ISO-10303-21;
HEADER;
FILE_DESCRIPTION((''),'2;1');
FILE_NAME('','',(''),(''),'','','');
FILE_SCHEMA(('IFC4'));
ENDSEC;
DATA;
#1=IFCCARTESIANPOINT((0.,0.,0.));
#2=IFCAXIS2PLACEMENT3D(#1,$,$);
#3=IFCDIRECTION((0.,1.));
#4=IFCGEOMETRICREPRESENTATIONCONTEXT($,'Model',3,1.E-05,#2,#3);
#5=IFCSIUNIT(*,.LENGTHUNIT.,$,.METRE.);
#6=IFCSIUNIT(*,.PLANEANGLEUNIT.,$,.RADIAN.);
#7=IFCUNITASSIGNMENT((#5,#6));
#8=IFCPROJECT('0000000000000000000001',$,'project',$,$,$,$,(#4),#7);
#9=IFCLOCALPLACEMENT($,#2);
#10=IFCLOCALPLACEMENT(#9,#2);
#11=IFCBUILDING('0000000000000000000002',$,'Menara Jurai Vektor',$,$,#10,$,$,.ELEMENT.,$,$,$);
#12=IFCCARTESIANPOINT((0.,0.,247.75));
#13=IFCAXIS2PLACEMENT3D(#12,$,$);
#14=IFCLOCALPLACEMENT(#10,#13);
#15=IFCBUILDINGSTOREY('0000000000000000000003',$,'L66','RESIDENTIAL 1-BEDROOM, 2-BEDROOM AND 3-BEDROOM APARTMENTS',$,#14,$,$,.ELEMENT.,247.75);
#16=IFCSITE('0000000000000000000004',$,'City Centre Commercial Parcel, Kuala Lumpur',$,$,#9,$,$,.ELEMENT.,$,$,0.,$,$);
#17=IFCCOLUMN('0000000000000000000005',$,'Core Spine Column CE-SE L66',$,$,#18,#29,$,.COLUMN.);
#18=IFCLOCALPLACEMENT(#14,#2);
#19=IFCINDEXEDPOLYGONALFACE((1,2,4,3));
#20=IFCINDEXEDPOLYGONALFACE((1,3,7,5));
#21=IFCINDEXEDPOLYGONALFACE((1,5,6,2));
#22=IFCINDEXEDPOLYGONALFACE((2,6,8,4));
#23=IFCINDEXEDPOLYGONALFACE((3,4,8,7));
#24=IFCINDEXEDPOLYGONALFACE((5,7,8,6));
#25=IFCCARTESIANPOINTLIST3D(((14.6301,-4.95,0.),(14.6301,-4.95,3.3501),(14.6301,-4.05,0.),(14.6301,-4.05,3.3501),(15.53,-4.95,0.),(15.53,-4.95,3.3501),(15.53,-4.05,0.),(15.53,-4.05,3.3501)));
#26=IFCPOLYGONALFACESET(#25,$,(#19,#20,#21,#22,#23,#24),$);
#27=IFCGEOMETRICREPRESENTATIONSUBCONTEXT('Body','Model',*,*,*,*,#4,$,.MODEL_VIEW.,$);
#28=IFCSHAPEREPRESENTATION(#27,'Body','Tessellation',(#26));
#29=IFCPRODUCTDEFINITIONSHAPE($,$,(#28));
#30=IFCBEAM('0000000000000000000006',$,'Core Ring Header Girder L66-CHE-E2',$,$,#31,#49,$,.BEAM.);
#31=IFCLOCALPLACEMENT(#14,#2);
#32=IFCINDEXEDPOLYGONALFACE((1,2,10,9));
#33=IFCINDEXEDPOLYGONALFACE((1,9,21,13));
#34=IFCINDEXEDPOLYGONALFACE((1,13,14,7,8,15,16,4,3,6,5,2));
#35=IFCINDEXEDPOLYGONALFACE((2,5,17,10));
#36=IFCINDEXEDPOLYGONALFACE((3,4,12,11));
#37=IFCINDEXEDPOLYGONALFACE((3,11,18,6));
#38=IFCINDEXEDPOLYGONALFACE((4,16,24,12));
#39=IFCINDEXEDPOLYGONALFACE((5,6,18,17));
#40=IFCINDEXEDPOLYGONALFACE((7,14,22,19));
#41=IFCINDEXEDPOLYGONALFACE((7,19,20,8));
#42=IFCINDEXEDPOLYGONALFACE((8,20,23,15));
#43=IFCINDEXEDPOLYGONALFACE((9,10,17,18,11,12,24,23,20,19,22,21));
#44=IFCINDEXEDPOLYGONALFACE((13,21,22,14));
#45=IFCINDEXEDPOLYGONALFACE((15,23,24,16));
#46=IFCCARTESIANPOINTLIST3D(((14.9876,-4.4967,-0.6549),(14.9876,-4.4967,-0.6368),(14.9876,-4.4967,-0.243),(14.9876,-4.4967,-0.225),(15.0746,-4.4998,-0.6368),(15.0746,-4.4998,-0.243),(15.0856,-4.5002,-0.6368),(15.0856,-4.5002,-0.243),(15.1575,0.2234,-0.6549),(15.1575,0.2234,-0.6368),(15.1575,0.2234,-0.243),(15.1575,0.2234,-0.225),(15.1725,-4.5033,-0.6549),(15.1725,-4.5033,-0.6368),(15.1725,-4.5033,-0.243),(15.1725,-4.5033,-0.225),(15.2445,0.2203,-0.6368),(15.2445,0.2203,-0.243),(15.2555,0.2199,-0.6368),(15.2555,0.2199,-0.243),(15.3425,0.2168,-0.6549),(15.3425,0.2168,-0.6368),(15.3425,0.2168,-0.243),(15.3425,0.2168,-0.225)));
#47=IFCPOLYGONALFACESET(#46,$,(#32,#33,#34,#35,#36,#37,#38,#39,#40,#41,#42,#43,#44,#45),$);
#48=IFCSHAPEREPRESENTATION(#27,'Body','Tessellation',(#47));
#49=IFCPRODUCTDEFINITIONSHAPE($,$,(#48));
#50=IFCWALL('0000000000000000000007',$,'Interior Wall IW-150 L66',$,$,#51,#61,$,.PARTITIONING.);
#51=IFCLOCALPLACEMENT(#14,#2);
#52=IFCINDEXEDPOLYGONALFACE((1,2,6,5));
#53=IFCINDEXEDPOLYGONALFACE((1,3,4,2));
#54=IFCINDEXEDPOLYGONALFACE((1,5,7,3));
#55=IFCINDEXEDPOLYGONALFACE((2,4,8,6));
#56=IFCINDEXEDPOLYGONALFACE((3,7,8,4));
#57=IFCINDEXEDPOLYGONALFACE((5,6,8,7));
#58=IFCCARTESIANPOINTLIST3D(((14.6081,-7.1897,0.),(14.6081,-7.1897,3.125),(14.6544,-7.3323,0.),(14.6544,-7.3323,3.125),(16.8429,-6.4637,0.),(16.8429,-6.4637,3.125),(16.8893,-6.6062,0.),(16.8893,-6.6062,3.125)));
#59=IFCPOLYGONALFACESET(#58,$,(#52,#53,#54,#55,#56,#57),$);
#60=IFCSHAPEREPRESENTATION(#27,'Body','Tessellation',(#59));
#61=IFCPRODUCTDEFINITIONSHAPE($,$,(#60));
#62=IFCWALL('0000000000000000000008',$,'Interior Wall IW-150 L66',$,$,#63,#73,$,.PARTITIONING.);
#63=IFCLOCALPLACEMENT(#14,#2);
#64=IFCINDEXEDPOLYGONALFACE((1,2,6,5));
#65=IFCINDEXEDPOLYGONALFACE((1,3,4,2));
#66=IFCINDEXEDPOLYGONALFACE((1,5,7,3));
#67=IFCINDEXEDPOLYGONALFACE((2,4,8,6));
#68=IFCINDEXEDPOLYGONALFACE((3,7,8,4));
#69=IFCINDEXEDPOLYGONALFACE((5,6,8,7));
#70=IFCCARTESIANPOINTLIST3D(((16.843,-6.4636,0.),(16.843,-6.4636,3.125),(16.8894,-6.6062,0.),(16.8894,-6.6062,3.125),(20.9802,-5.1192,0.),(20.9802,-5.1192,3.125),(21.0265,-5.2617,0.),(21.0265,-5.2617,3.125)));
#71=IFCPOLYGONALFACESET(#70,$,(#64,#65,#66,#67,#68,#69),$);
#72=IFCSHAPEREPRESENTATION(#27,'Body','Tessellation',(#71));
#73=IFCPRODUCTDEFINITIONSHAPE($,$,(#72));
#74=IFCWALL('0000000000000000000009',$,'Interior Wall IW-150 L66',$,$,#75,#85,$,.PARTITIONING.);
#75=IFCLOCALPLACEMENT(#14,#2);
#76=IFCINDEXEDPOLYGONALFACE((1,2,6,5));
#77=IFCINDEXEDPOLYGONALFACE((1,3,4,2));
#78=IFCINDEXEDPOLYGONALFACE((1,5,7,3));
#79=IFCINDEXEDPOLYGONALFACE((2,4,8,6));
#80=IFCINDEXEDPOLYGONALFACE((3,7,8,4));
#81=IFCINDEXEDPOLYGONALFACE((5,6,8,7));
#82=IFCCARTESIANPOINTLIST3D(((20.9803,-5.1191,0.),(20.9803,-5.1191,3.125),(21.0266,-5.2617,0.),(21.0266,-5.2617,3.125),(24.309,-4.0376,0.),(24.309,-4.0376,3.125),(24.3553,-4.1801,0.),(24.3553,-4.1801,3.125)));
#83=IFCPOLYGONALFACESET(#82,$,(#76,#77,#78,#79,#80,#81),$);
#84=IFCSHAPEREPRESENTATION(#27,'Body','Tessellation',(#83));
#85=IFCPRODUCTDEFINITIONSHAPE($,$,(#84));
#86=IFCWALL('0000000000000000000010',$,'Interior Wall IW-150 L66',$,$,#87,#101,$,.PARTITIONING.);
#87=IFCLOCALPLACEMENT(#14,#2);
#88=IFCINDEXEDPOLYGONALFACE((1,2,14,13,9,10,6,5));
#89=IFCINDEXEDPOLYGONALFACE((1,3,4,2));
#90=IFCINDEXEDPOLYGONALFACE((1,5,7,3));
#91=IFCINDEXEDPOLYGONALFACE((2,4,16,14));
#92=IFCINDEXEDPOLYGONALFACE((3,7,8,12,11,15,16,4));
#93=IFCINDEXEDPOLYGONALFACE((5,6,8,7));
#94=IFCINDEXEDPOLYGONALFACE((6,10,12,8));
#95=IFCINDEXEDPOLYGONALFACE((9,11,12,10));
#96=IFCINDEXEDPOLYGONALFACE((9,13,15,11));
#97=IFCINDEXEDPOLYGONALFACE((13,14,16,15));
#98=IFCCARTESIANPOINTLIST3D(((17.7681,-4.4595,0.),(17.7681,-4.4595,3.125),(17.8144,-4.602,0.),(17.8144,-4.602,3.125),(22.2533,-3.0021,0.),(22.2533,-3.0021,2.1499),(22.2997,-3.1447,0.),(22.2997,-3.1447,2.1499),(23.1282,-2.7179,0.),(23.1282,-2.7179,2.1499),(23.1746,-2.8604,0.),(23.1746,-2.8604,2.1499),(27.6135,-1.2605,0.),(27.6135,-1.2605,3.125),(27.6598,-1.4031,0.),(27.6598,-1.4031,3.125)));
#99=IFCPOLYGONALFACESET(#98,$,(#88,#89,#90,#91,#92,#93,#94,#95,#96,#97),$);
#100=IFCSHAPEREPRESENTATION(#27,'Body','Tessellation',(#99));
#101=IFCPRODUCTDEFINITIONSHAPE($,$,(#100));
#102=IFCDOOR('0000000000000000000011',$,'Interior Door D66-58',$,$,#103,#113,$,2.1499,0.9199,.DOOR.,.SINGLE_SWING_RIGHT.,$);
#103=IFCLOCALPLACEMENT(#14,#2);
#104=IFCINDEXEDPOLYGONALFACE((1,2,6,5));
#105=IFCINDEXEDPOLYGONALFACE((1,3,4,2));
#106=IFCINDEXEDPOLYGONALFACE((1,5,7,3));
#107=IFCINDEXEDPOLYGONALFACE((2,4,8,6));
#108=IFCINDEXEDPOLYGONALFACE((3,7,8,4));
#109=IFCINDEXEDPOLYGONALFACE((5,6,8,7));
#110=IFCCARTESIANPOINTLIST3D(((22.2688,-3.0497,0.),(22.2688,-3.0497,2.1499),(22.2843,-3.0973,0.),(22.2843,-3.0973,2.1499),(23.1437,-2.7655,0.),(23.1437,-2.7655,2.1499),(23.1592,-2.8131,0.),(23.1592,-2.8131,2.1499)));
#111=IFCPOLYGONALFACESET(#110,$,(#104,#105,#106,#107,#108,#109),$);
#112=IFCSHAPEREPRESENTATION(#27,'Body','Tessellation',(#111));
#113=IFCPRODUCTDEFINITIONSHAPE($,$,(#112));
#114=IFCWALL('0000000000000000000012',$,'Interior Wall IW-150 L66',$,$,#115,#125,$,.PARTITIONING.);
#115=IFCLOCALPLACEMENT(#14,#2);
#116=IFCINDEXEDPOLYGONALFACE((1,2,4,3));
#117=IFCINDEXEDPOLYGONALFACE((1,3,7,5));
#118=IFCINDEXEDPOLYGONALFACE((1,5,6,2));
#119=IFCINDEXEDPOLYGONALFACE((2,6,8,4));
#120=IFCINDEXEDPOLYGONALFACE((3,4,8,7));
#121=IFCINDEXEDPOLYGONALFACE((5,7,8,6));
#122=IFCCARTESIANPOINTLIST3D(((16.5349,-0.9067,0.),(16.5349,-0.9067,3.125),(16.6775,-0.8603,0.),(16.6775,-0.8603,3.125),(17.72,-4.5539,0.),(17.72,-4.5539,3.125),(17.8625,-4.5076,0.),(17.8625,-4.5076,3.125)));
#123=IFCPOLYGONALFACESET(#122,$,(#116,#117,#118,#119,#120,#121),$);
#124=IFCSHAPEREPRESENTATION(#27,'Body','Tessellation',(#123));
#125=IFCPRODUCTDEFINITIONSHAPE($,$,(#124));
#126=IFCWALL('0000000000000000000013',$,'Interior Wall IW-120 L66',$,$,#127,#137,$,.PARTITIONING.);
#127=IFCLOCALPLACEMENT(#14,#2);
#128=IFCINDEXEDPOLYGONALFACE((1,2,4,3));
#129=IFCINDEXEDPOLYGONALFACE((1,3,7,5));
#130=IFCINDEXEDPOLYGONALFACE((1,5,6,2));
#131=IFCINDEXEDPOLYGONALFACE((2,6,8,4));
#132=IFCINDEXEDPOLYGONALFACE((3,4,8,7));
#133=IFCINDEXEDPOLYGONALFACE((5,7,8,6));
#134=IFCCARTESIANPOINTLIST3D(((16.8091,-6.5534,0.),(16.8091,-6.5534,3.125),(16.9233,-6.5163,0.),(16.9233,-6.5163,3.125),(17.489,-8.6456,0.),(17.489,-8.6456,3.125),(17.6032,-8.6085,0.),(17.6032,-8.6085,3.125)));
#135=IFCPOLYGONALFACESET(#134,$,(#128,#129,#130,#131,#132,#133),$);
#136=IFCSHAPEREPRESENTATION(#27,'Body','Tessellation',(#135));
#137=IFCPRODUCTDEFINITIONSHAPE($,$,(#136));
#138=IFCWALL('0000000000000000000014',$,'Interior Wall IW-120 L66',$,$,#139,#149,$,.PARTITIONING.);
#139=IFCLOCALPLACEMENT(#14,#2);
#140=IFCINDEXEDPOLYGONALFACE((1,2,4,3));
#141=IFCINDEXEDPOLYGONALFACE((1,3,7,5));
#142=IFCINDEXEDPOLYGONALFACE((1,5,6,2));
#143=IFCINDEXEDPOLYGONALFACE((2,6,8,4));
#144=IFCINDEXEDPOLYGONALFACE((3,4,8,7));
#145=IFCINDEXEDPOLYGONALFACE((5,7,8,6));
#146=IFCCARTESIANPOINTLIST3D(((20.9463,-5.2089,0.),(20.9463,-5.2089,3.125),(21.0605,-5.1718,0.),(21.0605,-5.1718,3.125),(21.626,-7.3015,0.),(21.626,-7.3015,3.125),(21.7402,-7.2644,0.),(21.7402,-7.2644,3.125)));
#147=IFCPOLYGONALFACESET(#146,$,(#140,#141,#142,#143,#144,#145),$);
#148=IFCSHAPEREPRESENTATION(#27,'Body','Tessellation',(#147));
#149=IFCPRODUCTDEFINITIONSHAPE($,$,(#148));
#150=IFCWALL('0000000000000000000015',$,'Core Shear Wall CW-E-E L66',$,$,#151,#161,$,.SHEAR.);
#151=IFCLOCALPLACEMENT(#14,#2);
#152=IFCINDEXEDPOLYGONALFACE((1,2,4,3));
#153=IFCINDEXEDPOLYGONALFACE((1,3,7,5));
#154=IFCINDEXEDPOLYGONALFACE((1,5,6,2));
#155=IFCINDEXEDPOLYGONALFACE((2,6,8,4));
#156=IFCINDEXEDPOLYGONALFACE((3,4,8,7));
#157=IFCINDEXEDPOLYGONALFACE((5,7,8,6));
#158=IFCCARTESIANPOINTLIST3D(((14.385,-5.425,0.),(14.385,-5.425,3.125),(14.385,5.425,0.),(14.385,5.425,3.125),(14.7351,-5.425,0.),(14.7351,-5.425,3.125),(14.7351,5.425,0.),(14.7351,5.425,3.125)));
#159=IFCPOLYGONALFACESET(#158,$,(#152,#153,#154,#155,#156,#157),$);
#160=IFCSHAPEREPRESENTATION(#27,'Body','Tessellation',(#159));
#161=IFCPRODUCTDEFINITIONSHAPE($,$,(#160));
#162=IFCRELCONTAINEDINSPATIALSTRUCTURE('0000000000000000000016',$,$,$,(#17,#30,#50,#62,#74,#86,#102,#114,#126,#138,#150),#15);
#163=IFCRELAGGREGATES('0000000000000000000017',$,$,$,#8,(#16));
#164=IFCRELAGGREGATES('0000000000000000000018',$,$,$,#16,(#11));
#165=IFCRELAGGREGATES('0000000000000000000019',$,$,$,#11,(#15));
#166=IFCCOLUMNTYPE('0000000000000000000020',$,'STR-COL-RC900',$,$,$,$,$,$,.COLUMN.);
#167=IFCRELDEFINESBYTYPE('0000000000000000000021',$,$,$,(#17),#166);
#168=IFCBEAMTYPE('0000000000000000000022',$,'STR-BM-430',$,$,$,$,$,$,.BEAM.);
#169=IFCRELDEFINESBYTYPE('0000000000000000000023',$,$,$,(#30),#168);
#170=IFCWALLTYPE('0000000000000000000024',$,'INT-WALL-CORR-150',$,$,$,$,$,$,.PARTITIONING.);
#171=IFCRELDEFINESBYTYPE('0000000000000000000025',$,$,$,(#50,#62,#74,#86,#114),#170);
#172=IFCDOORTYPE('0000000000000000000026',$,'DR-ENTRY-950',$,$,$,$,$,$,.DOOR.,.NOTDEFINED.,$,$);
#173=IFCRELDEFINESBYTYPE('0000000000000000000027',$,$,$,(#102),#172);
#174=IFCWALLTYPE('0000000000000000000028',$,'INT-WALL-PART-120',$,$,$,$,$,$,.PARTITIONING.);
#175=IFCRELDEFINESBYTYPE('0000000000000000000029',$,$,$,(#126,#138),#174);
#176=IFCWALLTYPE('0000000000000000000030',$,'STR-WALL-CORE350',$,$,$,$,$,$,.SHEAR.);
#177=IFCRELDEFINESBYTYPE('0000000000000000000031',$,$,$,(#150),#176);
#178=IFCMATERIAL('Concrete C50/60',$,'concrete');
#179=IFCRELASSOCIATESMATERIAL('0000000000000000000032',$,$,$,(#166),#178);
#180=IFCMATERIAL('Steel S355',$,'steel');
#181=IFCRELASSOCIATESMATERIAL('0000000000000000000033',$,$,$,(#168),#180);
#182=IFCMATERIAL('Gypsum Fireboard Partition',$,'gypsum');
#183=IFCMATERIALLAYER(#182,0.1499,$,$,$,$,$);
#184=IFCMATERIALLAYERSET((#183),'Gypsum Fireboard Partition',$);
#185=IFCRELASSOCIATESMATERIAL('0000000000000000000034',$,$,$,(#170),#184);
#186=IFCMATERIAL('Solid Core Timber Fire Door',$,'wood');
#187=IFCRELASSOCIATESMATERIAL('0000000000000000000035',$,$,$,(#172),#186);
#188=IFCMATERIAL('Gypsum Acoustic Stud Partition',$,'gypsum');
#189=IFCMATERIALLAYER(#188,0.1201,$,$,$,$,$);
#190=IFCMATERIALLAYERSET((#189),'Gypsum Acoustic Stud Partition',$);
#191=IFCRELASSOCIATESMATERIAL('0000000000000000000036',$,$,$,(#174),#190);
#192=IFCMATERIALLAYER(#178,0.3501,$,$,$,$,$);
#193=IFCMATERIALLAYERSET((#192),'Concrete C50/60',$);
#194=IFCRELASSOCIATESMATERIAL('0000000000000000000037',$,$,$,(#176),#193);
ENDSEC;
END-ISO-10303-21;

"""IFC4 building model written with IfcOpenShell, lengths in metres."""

from ifc_helpers import new_model, si_unit, direction, frame, frame_2d, origin, origin_2d, place, context, subcontext, project, spatial, rectangle, i_section, extrude, material, layer, layer_set, material_profile, profile_set, type_object, element, fill, save


model = new_model("IFC4")

# Units and contexts
model_context = context("Model", 3, precision=1e-05, world=origin(), true_north=direction((0.0, 1.0)))
body_context = subcontext(model_context, "Body", "Model", "MODEL_VIEW")
ifc_project = project(units=[si_unit("LENGTHUNIT", "METRE"), si_unit("PLANEANGLEUNIT", "RADIAN")], contexts=[model_context])

# Site, building, storey
site_placement = place(None, origin())
site = spatial("IfcSite", under=ifc_project, at=site_placement, Name="City Centre Commercial Parcel, Kuala Lumpur", CompositionType="ELEMENT", RefElevation=0.0)
building_placement = place(site_placement, origin())
building = spatial("IfcBuilding", under=site, at=building_placement, Name="Menara Jurai Vektor", CompositionType="ELEMENT")
storey_placement = place(building_placement, frame((0.0, 0.0, 247.75)))
storey = spatial("IfcBuildingStorey", under=building, at=storey_placement, Name="L66", Description="RESIDENTIAL 1-BEDROOM, 2-BEDROOM AND 3-BEDROOM APARTMENTS", CompositionType="ELEMENT", Elevation=247.75)

# Column
ifc_material_1 = material(Name="Concrete C50/60", Category="concrete")
ifc_material_profile_1 = material_profile(ifc_material_1, rectangle(XDim=0.8999, YDim=0.8999, at=origin_2d()), Name="RC 900x900")
ifc_profile_set_1 = profile_set([ifc_material_profile_1], Name="Concrete C50/60")
column_type = type_object("IfcColumnType", Name="STR-COL-RC900", PredefinedType="COLUMN", material=ifc_profile_set_1)
column_placement = place(storey_placement, frame((15.0801, -4.5, 0.0), z_axis=(0.0, 0.0, 1.0), x_axis=(1.0, 0.0, 0.0)))
element("IfcColumn", 1, at=column_placement, inside=storey, type_object=column_type, Name="Core Spine Column CE-SE L66", PredefinedType="COLUMN", context=body_context, shape_type="SweptSolid", body=[
    extrude(rectangle(XDim=0.8999, YDim=0.8999, at=origin_2d()), origin(), (0.0, 0.0, 1.0), 3.3501),
])

# Beam
ifc_material_2 = material(Name="Steel S355", Category="steel")
ifc_material_profile_2 = material_profile(ifc_material_2, i_section(OverallWidth=0.1851, OverallDepth=0.4299, WebThickness=0.011, FlangeThickness=0.0181, at=origin_2d()), Name="PG 430x185x76")
ifc_profile_set_2 = profile_set([ifc_material_profile_2], Name="Steel S355")
beam_type = type_object("IfcBeamType", Name="STR-BM-430", PredefinedType="BEAM", material=ifc_profile_set_2)
beam_placement = place(storey_placement, frame((15.0801, -4.5, -0.4399), z_axis=(0.035977, 0.999353, 0.0), x_axis=(-0.999353, 0.035977, 0.0)))
element("IfcBeam", 2, at=beam_placement, inside=storey, type_object=beam_type, Name="Core Ring Header Girder L66-CHE-E2", PredefinedType="BEAM", context=body_context, shape_type="SweptSolid", body=[
    extrude(i_section(OverallWidth=0.1851, OverallDepth=0.4299, WebThickness=0.011, FlangeThickness=0.0181, at=origin_2d()), origin(), (0.0, 0.0, 1.0), 4.7231),
])

# Walls
ifc_material_3 = material(Name="Gypsum Fireboard Partition", Category="gypsum")
ifc_layer_1 = layer(ifc_material_3, 0.1499)
ifc_layer_set_1 = layer_set([ifc_layer_1], Name="Gypsum Fireboard Partition")
wall_type_1 = type_object("IfcWallType", Name="INT-WALL-CORR-150", PredefinedType="PARTITIONING", material=ifc_layer_set_1)
wall_1_placement = place(storey_placement, frame((14.6313, -7.261, 0.0), z_axis=(0.0, 0.0, 1.0), x_axis=(0.951066, 0.308987, 0.0)))
element("IfcWall", 3, at=wall_1_placement, inside=storey, type_object=wall_type_1, Name="Interior Wall IW-150 L66", PredefinedType="PARTITIONING", context=body_context, shape_type="SweptSolid", body=[
    extrude(rectangle(XDim=2.3499, YDim=0.1499, at=frame_2d((1.1748, 0.0))), origin(), (0.0, 0.0, 1.0), 3.125),
])
wall_2_placement = place(storey_placement, frame((16.8662, -6.5349, 0.0), z_axis=(0.0, 0.0, 1.0), x_axis=(0.951041, 0.309063, 0.0)))
element("IfcWall", 4, at=wall_2_placement, inside=storey, type_object=wall_type_1, Name="Interior Wall IW-150 L66", PredefinedType="PARTITIONING", context=body_context, shape_type="SweptSolid", body=[
    extrude(rectangle(XDim=4.3501, YDim=0.1499, at=frame_2d((2.175, 0.0))), origin(), (0.0, 0.0, 1.0), 3.125),
])
wall_3_placement = place(storey_placement, frame((21.0034, -5.1904, 0.0), z_axis=(0.0, 0.0, 1.0), x_axis=(0.951056, 0.30902, 0.0)))
element("IfcWall", 5, at=wall_3_placement, inside=storey, type_object=wall_type_1, Name="Interior Wall IW-150 L66", PredefinedType="PARTITIONING", context=body_context, shape_type="SweptSolid", body=[
    extrude(rectangle(XDim=3.5, YDim=0.1499, at=frame_2d((1.75, 0.0))), origin(), (0.0, 0.0, 1.0), 3.125),
])

# Wall, opening, door
ifc_material_4 = material(Name="Solid Core Timber Fire Door", Category="wood")
door_type_1 = type_object("IfcDoorType", Name="DR-ENTRY-950", OperationType="NOTDEFINED", PredefinedType="DOOR", material=ifc_material_4)
wall_4_placement = place(storey_placement, frame((17.7913, -4.5308, 0.0), z_axis=(0.0, 0.0, 1.0), x_axis=(0.951057, 0.309016, 0.0)))
wall_4 = element("IfcWall", 6, at=wall_4_placement, inside=storey, type_object=wall_type_1, Name="Interior Wall IW-150 L66", PredefinedType="PARTITIONING", context=body_context, shape_type="SweptSolid", body=[
    extrude(rectangle(XDim=10.3521, YDim=0.1499, at=frame_2d((5.176, 0.0))), origin(), (0.0, 0.0, 1.0), 3.125),
])
opening_1_placement = place(wall_4_placement, frame((4.7161, 0.0, 0.0)))
opening_1 = element("IfcOpeningElement", 7, at=opening_1_placement, cuts=wall_4, PredefinedType="OPENING", context=body_context, shape_type="SweptSolid", body=[
    extrude(rectangle(XDim=0.9199, YDim=2.1499, at=frame_2d((0.46, 1.075))), frame((0.0, 0.085, 0.0), z_axis=(0.0, -1.0, 0.0), x_axis=(1.0, 0.0, 0.0)), (0.0, 0.0, 1.0), 0.1699),
])
door_1_placement = place(opening_1_placement, origin())
door_1 = element("IfcDoor", 8, at=door_1_placement, inside=storey, type_object=door_type_1, Name="Interior Door D66-58", OperationType="SINGLE_SWING_RIGHT", OverallHeight=2.1499, OverallWidth=0.9199, PredefinedType="DOOR", context=body_context, shape_type="SweptSolid", body=[
    extrude(rectangle(XDim=0.9199, YDim=2.1499, at=frame_2d((0.46, 1.075))), frame((0.0, 0.0249, 0.0), z_axis=(0.0, -1.0, 0.0), x_axis=(1.0, 0.0, 0.0)), (0.0, 0.0, 1.0), 0.05),
])
fill(opening_1, door_1)

# Walls
wall_5_placement = place(storey_placement, frame((17.7913, -4.5308, 0.0), z_axis=(0.0, 0.0, 1.0), x_axis=(-0.309018, 0.951056, 0.0)))
element("IfcWall", 9, at=wall_5_placement, inside=storey, type_object=wall_type_1, Name="Interior Wall IW-150 L66", PredefinedType="PARTITIONING", context=body_context, shape_type="SweptSolid", body=[
    extrude(rectangle(XDim=3.835, YDim=0.1499, at=frame_2d((1.9175, 0.0))), origin(), (0.0, 0.0, 1.0), 3.125),
])
ifc_material_5 = material(Name="Gypsum Acoustic Stud Partition", Category="gypsum")
ifc_layer_2 = layer(ifc_material_5, 0.1201)
ifc_layer_set_2 = layer_set([ifc_layer_2], Name="Gypsum Acoustic Stud Partition")
wall_type_2 = type_object("IfcWallType", Name="INT-WALL-PART-120", PredefinedType="PARTITIONING", material=ifc_layer_set_2)
wall_6_placement = place(storey_placement, frame((17.5461, -8.6272, 0.0), z_axis=(0.0, 0.0, 1.0), x_axis=(-0.309061, 0.951042, 0.0)))
element("IfcWall", 10, at=wall_6_placement, inside=storey, type_object=wall_type_2, Name="Interior Wall IW-120 L66", PredefinedType="PARTITIONING", context=body_context, shape_type="SweptSolid", body=[
    extrude(rectangle(XDim=2.2, YDim=0.1201, at=frame_2d((1.1001, 0.0))), origin(), (0.0, 0.0, 1.0), 3.125),
])
wall_7_placement = place(storey_placement, frame((21.6831, -7.283, 0.0), z_axis=(0.0, 0.0, 1.0), x_axis=(-0.308928, 0.951085, 0.0)))
element("IfcWall", 11, at=wall_7_placement, inside=storey, type_object=wall_type_2, Name="Interior Wall IW-120 L66", PredefinedType="PARTITIONING", context=body_context, shape_type="SweptSolid", body=[
    extrude(rectangle(XDim=2.2002, YDim=0.1201, at=frame_2d((1.1001, 0.0))), origin(), (0.0, 0.0, 1.0), 3.125),
])
ifc_layer_3 = layer(ifc_material_1, 0.3501)
ifc_layer_set_3 = layer_set([ifc_layer_3], Name="Concrete C50/60")
wall_type_3 = type_object("IfcWallType", Name="STR-WALL-CORE350", PredefinedType="SHEAR", material=ifc_layer_set_3)
wall_8_placement = place(storey_placement, frame((14.5601, -5.425, 0.0), z_axis=(0.0, 0.0, 1.0), x_axis=(0.0, 1.0, 0.0)))
element("IfcWall", 12, at=wall_8_placement, inside=storey, type_object=wall_type_3, Name="Core Shear Wall CW-E-E L66", PredefinedType="SHEAR", context=body_context, shape_type="SweptSolid", body=[
    extrude(rectangle(XDim=10.8501, YDim=0.3501, at=frame_2d((5.425, 0.0))), origin(), (0.0, 0.0, 1.0), 3.125),
])

save(model, "model.ifc")
